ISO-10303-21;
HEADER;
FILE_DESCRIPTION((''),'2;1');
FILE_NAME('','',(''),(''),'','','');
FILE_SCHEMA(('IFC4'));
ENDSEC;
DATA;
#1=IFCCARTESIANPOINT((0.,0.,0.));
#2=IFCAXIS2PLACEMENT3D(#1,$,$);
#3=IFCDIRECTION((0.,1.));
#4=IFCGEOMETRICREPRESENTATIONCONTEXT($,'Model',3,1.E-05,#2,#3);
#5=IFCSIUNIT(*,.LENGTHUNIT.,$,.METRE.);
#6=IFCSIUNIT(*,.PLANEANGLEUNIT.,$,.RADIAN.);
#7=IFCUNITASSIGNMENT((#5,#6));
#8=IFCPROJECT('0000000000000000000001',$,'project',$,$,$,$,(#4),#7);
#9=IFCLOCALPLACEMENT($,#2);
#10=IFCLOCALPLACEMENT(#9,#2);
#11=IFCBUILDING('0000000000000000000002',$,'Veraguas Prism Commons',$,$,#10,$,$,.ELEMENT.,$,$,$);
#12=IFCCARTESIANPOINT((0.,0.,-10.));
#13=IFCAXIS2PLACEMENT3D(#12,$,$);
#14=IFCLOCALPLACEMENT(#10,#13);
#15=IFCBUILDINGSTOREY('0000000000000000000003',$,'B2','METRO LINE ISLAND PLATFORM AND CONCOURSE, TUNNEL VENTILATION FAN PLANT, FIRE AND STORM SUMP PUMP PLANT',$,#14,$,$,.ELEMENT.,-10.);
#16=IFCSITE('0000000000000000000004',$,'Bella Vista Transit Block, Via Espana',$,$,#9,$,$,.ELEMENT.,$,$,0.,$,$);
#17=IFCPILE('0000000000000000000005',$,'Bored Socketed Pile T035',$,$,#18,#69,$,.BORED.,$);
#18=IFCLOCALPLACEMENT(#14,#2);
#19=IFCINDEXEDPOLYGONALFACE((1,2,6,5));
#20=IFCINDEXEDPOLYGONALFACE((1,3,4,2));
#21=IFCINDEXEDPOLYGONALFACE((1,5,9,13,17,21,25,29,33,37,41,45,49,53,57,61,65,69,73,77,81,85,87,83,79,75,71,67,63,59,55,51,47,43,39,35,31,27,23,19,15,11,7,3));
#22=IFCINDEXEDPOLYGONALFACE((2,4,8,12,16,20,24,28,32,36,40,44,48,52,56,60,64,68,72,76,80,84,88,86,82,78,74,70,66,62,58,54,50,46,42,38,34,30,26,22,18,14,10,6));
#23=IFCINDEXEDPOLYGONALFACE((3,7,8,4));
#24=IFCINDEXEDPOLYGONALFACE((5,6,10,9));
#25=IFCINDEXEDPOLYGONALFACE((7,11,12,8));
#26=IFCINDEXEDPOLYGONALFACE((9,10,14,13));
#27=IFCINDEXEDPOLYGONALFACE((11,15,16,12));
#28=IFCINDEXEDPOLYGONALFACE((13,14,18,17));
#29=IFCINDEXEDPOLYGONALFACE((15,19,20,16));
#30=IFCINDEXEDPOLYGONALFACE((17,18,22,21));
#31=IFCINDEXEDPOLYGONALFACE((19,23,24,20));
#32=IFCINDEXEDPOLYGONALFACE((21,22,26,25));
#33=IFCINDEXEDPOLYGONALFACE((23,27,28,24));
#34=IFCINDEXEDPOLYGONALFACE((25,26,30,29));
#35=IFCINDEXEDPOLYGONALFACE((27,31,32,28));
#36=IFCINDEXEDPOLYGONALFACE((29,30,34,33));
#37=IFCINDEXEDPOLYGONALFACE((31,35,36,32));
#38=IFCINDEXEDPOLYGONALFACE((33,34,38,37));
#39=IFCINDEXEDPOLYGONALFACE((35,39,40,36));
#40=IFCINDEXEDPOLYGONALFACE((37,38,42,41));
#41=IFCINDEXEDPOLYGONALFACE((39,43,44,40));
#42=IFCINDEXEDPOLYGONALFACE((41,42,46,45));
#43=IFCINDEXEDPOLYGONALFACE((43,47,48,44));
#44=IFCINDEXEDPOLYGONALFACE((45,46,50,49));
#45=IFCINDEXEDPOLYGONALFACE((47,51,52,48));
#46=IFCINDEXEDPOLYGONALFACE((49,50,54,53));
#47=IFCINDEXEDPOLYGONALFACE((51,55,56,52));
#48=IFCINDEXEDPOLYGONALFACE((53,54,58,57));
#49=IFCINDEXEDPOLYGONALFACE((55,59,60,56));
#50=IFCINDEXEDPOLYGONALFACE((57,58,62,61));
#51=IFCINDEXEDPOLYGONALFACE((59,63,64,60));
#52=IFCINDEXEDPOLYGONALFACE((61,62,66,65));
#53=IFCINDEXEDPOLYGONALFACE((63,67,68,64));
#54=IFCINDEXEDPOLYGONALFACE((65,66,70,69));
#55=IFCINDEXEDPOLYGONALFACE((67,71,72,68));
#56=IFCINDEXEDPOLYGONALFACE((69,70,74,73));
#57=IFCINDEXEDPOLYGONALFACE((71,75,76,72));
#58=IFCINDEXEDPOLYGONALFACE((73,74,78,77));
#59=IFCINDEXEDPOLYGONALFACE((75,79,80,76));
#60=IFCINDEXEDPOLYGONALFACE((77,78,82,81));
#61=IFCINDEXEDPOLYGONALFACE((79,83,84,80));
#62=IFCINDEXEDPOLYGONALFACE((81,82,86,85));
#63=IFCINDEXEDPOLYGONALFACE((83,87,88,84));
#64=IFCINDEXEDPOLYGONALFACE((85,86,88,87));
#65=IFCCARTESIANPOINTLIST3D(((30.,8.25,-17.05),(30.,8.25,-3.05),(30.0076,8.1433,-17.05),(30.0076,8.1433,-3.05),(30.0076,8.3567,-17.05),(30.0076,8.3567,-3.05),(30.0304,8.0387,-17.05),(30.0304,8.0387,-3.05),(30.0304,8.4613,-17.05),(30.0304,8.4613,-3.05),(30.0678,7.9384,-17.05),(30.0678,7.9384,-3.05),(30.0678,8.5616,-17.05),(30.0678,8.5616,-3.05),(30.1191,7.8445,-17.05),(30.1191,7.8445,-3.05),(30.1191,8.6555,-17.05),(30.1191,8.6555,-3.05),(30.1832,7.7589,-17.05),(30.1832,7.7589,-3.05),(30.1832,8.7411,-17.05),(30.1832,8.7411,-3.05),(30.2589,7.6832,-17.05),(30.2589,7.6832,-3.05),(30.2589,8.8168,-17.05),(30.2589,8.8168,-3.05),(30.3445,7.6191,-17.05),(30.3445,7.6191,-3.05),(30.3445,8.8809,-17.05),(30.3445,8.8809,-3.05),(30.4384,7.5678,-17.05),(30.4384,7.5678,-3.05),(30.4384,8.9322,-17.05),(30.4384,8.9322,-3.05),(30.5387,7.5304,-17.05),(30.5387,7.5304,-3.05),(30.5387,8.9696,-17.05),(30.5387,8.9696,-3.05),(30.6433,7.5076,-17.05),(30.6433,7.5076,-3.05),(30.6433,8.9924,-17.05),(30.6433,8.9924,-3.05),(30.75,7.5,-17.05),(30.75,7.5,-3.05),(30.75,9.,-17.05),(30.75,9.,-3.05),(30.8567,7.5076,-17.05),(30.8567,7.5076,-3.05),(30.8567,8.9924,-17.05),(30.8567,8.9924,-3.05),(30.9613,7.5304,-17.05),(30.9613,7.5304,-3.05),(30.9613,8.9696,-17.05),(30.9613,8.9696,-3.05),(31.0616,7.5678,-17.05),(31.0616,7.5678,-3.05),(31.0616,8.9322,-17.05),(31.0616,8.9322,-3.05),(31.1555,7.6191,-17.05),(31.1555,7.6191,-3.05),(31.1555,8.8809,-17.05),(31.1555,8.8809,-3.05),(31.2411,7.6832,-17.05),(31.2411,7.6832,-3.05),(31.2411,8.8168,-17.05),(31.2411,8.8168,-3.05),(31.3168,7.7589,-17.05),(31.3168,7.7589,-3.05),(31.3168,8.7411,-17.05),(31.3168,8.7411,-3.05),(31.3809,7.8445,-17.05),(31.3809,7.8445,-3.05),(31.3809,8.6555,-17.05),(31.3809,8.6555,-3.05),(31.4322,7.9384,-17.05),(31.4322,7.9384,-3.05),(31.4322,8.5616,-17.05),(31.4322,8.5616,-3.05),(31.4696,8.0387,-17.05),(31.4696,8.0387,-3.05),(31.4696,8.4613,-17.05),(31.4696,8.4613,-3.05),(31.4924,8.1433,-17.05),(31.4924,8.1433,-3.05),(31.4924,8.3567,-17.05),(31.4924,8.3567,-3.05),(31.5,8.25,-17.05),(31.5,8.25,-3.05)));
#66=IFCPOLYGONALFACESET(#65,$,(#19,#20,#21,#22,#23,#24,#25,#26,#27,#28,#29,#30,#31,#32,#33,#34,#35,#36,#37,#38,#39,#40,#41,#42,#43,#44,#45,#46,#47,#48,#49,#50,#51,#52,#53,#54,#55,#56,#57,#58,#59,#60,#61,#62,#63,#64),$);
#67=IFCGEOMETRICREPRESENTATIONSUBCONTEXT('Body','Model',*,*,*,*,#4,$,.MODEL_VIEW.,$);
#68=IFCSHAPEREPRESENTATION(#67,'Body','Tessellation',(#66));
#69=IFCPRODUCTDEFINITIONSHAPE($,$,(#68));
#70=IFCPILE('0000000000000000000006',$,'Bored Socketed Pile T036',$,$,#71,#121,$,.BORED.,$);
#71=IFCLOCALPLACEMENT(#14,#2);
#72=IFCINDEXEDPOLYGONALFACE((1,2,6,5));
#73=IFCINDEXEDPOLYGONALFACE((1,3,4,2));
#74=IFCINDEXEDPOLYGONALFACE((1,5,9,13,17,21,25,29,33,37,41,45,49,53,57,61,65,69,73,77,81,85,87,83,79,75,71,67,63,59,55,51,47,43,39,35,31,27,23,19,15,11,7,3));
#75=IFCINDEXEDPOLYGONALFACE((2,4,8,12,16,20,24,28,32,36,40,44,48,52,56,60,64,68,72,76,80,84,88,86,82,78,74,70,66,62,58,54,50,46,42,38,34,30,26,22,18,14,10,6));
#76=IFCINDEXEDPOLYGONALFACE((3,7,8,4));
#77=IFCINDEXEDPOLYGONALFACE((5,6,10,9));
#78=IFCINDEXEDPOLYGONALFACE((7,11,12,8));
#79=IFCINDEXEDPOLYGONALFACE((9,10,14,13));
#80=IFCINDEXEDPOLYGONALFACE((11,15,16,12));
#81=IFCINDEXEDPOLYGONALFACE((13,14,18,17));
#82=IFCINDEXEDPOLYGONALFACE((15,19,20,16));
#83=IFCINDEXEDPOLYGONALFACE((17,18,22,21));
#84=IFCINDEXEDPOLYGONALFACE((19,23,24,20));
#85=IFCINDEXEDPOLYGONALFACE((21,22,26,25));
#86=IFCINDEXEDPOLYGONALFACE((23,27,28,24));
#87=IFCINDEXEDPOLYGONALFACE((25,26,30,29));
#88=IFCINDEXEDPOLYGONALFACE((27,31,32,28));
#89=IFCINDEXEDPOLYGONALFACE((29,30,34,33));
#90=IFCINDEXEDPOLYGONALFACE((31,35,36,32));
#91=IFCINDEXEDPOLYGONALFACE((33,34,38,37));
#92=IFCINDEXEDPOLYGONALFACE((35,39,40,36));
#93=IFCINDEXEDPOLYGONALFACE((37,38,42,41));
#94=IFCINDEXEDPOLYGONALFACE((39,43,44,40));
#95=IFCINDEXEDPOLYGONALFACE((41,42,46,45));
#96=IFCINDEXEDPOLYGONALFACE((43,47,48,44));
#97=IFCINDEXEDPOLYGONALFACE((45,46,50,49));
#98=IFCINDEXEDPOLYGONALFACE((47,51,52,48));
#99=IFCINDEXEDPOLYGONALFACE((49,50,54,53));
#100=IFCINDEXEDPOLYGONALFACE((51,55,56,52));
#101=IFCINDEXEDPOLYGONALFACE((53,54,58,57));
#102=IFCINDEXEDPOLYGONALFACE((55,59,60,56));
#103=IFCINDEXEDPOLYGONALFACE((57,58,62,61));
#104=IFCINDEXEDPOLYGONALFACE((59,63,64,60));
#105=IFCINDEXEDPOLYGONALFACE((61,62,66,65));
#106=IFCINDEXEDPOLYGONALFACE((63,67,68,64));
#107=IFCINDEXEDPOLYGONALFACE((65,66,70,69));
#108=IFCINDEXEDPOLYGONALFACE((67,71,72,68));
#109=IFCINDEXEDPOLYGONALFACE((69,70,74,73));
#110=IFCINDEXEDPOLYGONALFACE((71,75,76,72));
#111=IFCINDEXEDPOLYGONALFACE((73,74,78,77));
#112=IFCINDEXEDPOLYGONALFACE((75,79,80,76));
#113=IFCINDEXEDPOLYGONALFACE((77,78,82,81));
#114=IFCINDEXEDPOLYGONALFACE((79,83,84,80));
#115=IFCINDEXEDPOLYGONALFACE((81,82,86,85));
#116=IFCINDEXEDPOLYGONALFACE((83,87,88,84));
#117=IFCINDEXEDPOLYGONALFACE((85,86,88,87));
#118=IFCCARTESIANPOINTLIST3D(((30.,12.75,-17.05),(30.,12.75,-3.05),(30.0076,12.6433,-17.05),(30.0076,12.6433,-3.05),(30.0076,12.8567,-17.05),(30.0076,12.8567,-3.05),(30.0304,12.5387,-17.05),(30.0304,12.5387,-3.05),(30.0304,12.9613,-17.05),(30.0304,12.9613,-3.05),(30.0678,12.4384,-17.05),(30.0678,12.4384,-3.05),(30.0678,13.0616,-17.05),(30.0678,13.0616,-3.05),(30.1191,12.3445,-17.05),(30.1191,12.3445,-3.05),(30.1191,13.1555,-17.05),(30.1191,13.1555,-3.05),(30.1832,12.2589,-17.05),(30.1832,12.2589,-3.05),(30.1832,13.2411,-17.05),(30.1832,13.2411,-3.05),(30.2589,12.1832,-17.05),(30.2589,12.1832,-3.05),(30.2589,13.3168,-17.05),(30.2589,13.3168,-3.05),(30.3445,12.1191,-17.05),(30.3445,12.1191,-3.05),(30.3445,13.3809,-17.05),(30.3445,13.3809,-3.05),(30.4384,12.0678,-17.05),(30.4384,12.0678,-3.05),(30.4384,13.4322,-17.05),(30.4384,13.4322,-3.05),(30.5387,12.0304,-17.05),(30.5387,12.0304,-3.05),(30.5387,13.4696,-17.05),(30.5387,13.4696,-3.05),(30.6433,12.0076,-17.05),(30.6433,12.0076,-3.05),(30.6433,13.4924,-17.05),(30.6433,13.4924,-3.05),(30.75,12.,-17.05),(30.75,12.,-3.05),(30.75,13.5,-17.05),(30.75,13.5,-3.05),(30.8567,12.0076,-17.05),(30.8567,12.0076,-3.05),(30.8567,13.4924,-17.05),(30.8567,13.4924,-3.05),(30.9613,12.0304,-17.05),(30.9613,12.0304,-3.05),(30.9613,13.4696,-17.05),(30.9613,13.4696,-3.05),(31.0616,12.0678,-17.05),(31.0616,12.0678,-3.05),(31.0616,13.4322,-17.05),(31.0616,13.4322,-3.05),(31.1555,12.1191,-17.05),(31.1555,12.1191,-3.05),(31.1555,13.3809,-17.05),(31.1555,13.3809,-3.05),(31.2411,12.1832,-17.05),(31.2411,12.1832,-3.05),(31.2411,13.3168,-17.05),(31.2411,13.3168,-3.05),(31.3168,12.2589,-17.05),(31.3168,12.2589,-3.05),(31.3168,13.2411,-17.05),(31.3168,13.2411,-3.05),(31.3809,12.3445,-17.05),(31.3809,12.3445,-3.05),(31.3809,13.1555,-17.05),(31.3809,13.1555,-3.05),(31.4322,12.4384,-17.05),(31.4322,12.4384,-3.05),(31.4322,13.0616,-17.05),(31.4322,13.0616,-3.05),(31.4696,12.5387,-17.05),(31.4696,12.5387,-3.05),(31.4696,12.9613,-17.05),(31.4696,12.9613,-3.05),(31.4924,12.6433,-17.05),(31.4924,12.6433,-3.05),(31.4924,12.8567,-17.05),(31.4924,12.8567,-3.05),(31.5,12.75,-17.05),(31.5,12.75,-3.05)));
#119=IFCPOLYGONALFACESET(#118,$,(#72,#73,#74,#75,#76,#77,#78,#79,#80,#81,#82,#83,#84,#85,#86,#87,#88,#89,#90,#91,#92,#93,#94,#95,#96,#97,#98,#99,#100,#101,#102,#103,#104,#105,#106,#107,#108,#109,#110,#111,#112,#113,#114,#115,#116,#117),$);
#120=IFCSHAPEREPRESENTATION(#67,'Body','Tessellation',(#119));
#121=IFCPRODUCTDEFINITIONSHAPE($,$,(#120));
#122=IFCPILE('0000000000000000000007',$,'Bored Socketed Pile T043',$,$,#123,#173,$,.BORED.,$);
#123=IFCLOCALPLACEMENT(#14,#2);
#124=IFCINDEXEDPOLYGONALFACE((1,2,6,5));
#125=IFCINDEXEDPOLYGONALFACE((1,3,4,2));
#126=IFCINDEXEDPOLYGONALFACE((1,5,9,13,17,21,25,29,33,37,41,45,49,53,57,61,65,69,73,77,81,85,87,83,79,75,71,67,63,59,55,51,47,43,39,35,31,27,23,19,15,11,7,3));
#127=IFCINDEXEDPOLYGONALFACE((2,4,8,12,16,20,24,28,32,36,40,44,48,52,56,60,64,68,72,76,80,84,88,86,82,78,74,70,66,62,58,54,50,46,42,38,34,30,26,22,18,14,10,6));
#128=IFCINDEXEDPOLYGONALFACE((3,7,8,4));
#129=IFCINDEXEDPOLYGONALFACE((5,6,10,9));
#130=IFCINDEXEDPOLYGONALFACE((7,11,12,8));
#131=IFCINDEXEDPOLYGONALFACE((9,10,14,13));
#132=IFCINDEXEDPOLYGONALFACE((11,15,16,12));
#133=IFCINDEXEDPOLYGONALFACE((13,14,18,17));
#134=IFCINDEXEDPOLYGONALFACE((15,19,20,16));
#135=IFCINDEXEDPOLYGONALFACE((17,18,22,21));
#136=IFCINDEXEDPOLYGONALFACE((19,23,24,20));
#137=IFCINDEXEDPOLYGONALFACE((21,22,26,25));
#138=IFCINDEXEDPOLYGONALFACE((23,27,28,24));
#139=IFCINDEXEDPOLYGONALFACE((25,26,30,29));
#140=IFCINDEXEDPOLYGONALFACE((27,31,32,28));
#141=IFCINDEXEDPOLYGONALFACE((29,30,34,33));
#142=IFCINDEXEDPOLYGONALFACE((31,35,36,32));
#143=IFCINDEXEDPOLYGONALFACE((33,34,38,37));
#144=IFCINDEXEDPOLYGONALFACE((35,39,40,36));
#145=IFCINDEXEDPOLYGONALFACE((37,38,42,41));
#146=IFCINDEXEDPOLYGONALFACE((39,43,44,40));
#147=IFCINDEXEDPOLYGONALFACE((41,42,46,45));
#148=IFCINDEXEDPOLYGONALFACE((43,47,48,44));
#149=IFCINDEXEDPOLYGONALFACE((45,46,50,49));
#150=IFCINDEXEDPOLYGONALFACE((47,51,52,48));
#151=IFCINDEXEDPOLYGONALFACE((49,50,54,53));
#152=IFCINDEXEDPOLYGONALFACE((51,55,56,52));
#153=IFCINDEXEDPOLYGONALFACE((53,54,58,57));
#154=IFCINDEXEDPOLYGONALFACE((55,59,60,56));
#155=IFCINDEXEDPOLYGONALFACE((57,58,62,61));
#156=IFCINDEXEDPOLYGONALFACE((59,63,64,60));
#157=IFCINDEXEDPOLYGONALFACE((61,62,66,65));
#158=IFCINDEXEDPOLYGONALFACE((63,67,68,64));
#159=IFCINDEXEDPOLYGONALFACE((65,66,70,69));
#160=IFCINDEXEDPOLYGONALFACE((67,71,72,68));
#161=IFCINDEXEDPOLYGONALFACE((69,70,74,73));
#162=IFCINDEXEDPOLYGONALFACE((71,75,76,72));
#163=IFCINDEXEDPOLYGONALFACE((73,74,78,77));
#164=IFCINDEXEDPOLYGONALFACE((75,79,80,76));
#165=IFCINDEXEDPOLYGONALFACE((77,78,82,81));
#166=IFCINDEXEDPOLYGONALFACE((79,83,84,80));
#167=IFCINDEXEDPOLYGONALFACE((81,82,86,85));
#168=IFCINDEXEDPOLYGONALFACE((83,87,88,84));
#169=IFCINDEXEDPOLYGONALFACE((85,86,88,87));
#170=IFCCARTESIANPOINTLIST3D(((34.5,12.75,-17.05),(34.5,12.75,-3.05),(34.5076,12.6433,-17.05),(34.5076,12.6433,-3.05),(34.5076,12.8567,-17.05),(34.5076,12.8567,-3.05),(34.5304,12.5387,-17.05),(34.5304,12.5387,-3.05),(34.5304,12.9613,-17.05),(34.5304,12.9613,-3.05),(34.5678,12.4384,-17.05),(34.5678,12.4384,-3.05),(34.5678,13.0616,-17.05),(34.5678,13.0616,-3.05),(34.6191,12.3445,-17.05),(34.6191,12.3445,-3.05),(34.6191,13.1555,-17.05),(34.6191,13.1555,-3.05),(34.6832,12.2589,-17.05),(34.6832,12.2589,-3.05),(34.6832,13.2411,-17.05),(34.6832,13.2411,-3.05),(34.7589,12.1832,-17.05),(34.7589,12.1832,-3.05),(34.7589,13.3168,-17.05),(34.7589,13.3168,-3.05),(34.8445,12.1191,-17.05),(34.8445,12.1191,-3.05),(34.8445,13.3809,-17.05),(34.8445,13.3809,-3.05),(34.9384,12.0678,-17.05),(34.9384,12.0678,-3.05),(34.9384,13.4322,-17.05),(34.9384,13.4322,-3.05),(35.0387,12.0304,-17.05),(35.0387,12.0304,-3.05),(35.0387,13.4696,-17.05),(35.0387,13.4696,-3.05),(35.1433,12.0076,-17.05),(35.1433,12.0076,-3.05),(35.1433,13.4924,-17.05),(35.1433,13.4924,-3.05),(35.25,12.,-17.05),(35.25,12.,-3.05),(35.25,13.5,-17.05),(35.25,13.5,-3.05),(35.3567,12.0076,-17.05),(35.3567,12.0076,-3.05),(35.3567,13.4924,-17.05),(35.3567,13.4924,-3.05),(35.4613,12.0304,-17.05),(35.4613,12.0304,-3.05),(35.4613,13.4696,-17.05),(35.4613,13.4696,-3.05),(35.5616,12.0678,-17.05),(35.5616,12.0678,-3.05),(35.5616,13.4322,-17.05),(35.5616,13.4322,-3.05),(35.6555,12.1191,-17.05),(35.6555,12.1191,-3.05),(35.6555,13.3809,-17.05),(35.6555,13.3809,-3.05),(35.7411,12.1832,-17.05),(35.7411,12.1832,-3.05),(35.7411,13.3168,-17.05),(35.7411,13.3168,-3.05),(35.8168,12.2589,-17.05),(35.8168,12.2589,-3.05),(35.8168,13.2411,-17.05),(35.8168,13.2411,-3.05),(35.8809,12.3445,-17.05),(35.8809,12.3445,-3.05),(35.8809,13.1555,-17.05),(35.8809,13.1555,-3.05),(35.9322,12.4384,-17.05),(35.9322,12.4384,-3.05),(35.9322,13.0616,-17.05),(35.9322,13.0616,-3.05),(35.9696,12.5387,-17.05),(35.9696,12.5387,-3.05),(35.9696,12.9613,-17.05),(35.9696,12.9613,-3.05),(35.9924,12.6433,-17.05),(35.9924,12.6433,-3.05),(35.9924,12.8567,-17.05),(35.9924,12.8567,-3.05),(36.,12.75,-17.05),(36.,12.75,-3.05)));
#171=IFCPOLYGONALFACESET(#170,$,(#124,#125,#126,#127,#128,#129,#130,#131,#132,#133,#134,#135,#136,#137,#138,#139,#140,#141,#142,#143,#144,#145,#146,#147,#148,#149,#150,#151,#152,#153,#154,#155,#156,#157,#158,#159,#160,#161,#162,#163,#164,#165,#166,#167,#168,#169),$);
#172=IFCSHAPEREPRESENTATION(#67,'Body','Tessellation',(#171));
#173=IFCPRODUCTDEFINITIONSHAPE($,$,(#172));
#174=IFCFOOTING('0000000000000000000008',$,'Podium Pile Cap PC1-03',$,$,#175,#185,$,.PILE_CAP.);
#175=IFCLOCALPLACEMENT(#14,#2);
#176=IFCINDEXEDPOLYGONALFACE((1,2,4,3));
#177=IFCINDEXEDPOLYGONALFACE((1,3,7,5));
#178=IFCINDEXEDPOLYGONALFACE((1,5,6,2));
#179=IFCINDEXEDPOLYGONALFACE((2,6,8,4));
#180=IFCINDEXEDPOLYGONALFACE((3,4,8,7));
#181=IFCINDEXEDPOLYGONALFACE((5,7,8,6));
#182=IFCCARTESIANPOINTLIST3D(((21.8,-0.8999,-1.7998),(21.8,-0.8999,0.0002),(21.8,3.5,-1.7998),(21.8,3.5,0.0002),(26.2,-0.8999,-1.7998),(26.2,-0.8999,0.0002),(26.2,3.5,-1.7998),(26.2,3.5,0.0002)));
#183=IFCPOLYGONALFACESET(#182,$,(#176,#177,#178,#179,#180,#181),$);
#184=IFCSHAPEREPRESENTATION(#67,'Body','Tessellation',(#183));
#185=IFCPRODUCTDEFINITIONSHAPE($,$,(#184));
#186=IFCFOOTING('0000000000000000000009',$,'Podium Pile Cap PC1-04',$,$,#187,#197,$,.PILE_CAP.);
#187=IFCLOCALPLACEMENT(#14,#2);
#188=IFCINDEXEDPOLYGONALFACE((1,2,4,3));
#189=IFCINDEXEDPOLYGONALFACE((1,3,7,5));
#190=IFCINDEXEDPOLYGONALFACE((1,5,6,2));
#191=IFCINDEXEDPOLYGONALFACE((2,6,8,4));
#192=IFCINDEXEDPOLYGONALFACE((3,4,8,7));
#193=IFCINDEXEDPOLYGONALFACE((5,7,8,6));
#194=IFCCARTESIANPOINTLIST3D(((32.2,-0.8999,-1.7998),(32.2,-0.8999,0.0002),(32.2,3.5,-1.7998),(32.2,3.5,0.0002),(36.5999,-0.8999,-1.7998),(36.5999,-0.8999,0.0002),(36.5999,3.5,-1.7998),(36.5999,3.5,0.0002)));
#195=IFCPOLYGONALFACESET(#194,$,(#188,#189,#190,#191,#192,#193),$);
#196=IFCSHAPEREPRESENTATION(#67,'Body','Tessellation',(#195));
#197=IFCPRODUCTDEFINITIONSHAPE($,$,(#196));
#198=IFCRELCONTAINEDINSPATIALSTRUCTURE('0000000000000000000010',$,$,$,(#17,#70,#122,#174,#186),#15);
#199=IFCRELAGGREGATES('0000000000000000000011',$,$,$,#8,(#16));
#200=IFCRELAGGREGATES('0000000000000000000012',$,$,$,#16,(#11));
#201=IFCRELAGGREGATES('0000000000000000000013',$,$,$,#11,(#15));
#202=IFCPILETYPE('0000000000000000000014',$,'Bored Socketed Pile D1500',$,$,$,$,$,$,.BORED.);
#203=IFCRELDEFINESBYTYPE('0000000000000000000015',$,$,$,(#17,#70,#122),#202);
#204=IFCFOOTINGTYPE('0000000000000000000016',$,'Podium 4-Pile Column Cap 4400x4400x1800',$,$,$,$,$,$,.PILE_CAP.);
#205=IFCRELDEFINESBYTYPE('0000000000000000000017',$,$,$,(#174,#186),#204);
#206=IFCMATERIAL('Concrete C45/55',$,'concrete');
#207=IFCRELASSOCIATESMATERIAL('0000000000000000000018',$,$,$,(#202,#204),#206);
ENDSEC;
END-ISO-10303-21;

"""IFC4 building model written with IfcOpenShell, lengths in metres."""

from ifc_helpers import new_model, si_unit, direction, frame, origin, origin_2d, place, context, subcontext, project, spatial, rectangle, circle, extrude, source, transform, mapped, material, material_profile, profile_set, type_object, element, save


model = new_model("IFC4")

# Units and contexts
model_context = context("Model", 3, precision=1e-05, world=origin(), true_north=direction((0.0, 1.0)))
body_context = subcontext(model_context, "Body", "Model", "MODEL_VIEW")
ifc_project = project(units=[si_unit("LENGTHUNIT", "METRE"), si_unit("PLANEANGLEUNIT", "RADIAN")], contexts=[model_context])

# Site, building, storey
site_placement = place(None, origin())
site = spatial("IfcSite", under=ifc_project, at=site_placement, Name="Bella Vista Transit Block, Via Espana", CompositionType="ELEMENT", RefElevation=0.0)
building_placement = place(site_placement, origin())
building = spatial("IfcBuilding", under=site, at=building_placement, Name="Veraguas Prism Commons", CompositionType="ELEMENT")
storey_placement = place(building_placement, frame((0.0, 0.0, -10.0)))
storey = spatial("IfcBuildingStorey", under=building, at=storey_placement, Name="B2", Description="METRO LINE ISLAND PLATFORM AND CONCOURSE, TUNNEL VENTILATION FAN PLANT, FIRE AND STORM SUMP PUMP PLANT", CompositionType="ELEMENT", Elevation=-10.0)

# Shared definitions
ifc_material_1 = material(Name="Concrete C45/55", Category="concrete")

# Piles
ifc_material_profile_1 = material_profile(ifc_material_1, circle(Radius=0.75, at=origin_2d()), Name="PILE1500")
ifc_profile_set_1 = profile_set([ifc_material_profile_1], Name="Concrete C45/55")
pile_type_1 = type_object("IfcPileType", Name="Bored Socketed Pile D1500", PredefinedType="BORED", material=ifc_profile_set_1)
shared_shape_1 = source(origin(), body_context, "Body", "SweptSolid", [
    extrude(circle(Radius=0.75, at=origin_2d()), origin(), (0.0, 0.0, 1.0), 14.0),
])
for number, where, z_axis, x_axis, name in (
    (1, (30.75, 8.25, -3.05), (0.0, 0.0, -1.0), (1.0, 0.0, 0.0), "Bored Socketed Pile T035"),
    (2, (30.75, 12.75, -3.05), (0.0, 0.0, -1.0), (1.0, 0.0, 0.0), "Bored Socketed Pile T036"),
    (3, (35.25, 12.75, -3.05), (0.0, 0.0, -1.0), (1.0, 0.0, 0.0), "Bored Socketed Pile T043"),
):
    element("IfcPile", number, at=place(storey_placement, frame(where, z_axis=z_axis, x_axis=x_axis)), inside=storey, type_object=pile_type_1, Name=name, PredefinedType="BORED", context=body_context, shape_type="MappedRepresentation", body=[
        mapped(shared_shape_1, transform((0.0, 0.0, 0.0), scale=1.0)),
    ])

# Footings
footing_type_1 = type_object("IfcFootingType", Name="Podium 4-Pile Column Cap 4400x4400x1800", PredefinedType="PILE_CAP", material=ifc_material_1)
shared_shape_2 = source(origin(), body_context, "Body", "SweptSolid", [
    extrude(rectangle(XDim=4.3999, YDim=4.3999, at=origin_2d()), origin(), (0.0, 0.0, 1.0), 1.8),
])
for number, where, z_axis, x_axis, name in (
    (4, (24.0, 1.3, -1.7998), (0.0, 0.0, 1.0), (1.0, 0.0, 0.0), "Podium Pile Cap PC1-03"),
    (5, (34.3999, 1.3, -1.7998), (0.0, 0.0, 1.0), (1.0, 0.0, 0.0), "Podium Pile Cap PC1-04"),
):
    element("IfcFooting", number, at=place(storey_placement, frame(where, z_axis=z_axis, x_axis=x_axis)), inside=storey, type_object=footing_type_1, Name=name, PredefinedType="PILE_CAP", context=body_context, shape_type="MappedRepresentation", body=[
        mapped(shared_shape_2, transform((0.0, 0.0, 0.0), scale=1.0)),
    ])

save(model, "model.ifc")
